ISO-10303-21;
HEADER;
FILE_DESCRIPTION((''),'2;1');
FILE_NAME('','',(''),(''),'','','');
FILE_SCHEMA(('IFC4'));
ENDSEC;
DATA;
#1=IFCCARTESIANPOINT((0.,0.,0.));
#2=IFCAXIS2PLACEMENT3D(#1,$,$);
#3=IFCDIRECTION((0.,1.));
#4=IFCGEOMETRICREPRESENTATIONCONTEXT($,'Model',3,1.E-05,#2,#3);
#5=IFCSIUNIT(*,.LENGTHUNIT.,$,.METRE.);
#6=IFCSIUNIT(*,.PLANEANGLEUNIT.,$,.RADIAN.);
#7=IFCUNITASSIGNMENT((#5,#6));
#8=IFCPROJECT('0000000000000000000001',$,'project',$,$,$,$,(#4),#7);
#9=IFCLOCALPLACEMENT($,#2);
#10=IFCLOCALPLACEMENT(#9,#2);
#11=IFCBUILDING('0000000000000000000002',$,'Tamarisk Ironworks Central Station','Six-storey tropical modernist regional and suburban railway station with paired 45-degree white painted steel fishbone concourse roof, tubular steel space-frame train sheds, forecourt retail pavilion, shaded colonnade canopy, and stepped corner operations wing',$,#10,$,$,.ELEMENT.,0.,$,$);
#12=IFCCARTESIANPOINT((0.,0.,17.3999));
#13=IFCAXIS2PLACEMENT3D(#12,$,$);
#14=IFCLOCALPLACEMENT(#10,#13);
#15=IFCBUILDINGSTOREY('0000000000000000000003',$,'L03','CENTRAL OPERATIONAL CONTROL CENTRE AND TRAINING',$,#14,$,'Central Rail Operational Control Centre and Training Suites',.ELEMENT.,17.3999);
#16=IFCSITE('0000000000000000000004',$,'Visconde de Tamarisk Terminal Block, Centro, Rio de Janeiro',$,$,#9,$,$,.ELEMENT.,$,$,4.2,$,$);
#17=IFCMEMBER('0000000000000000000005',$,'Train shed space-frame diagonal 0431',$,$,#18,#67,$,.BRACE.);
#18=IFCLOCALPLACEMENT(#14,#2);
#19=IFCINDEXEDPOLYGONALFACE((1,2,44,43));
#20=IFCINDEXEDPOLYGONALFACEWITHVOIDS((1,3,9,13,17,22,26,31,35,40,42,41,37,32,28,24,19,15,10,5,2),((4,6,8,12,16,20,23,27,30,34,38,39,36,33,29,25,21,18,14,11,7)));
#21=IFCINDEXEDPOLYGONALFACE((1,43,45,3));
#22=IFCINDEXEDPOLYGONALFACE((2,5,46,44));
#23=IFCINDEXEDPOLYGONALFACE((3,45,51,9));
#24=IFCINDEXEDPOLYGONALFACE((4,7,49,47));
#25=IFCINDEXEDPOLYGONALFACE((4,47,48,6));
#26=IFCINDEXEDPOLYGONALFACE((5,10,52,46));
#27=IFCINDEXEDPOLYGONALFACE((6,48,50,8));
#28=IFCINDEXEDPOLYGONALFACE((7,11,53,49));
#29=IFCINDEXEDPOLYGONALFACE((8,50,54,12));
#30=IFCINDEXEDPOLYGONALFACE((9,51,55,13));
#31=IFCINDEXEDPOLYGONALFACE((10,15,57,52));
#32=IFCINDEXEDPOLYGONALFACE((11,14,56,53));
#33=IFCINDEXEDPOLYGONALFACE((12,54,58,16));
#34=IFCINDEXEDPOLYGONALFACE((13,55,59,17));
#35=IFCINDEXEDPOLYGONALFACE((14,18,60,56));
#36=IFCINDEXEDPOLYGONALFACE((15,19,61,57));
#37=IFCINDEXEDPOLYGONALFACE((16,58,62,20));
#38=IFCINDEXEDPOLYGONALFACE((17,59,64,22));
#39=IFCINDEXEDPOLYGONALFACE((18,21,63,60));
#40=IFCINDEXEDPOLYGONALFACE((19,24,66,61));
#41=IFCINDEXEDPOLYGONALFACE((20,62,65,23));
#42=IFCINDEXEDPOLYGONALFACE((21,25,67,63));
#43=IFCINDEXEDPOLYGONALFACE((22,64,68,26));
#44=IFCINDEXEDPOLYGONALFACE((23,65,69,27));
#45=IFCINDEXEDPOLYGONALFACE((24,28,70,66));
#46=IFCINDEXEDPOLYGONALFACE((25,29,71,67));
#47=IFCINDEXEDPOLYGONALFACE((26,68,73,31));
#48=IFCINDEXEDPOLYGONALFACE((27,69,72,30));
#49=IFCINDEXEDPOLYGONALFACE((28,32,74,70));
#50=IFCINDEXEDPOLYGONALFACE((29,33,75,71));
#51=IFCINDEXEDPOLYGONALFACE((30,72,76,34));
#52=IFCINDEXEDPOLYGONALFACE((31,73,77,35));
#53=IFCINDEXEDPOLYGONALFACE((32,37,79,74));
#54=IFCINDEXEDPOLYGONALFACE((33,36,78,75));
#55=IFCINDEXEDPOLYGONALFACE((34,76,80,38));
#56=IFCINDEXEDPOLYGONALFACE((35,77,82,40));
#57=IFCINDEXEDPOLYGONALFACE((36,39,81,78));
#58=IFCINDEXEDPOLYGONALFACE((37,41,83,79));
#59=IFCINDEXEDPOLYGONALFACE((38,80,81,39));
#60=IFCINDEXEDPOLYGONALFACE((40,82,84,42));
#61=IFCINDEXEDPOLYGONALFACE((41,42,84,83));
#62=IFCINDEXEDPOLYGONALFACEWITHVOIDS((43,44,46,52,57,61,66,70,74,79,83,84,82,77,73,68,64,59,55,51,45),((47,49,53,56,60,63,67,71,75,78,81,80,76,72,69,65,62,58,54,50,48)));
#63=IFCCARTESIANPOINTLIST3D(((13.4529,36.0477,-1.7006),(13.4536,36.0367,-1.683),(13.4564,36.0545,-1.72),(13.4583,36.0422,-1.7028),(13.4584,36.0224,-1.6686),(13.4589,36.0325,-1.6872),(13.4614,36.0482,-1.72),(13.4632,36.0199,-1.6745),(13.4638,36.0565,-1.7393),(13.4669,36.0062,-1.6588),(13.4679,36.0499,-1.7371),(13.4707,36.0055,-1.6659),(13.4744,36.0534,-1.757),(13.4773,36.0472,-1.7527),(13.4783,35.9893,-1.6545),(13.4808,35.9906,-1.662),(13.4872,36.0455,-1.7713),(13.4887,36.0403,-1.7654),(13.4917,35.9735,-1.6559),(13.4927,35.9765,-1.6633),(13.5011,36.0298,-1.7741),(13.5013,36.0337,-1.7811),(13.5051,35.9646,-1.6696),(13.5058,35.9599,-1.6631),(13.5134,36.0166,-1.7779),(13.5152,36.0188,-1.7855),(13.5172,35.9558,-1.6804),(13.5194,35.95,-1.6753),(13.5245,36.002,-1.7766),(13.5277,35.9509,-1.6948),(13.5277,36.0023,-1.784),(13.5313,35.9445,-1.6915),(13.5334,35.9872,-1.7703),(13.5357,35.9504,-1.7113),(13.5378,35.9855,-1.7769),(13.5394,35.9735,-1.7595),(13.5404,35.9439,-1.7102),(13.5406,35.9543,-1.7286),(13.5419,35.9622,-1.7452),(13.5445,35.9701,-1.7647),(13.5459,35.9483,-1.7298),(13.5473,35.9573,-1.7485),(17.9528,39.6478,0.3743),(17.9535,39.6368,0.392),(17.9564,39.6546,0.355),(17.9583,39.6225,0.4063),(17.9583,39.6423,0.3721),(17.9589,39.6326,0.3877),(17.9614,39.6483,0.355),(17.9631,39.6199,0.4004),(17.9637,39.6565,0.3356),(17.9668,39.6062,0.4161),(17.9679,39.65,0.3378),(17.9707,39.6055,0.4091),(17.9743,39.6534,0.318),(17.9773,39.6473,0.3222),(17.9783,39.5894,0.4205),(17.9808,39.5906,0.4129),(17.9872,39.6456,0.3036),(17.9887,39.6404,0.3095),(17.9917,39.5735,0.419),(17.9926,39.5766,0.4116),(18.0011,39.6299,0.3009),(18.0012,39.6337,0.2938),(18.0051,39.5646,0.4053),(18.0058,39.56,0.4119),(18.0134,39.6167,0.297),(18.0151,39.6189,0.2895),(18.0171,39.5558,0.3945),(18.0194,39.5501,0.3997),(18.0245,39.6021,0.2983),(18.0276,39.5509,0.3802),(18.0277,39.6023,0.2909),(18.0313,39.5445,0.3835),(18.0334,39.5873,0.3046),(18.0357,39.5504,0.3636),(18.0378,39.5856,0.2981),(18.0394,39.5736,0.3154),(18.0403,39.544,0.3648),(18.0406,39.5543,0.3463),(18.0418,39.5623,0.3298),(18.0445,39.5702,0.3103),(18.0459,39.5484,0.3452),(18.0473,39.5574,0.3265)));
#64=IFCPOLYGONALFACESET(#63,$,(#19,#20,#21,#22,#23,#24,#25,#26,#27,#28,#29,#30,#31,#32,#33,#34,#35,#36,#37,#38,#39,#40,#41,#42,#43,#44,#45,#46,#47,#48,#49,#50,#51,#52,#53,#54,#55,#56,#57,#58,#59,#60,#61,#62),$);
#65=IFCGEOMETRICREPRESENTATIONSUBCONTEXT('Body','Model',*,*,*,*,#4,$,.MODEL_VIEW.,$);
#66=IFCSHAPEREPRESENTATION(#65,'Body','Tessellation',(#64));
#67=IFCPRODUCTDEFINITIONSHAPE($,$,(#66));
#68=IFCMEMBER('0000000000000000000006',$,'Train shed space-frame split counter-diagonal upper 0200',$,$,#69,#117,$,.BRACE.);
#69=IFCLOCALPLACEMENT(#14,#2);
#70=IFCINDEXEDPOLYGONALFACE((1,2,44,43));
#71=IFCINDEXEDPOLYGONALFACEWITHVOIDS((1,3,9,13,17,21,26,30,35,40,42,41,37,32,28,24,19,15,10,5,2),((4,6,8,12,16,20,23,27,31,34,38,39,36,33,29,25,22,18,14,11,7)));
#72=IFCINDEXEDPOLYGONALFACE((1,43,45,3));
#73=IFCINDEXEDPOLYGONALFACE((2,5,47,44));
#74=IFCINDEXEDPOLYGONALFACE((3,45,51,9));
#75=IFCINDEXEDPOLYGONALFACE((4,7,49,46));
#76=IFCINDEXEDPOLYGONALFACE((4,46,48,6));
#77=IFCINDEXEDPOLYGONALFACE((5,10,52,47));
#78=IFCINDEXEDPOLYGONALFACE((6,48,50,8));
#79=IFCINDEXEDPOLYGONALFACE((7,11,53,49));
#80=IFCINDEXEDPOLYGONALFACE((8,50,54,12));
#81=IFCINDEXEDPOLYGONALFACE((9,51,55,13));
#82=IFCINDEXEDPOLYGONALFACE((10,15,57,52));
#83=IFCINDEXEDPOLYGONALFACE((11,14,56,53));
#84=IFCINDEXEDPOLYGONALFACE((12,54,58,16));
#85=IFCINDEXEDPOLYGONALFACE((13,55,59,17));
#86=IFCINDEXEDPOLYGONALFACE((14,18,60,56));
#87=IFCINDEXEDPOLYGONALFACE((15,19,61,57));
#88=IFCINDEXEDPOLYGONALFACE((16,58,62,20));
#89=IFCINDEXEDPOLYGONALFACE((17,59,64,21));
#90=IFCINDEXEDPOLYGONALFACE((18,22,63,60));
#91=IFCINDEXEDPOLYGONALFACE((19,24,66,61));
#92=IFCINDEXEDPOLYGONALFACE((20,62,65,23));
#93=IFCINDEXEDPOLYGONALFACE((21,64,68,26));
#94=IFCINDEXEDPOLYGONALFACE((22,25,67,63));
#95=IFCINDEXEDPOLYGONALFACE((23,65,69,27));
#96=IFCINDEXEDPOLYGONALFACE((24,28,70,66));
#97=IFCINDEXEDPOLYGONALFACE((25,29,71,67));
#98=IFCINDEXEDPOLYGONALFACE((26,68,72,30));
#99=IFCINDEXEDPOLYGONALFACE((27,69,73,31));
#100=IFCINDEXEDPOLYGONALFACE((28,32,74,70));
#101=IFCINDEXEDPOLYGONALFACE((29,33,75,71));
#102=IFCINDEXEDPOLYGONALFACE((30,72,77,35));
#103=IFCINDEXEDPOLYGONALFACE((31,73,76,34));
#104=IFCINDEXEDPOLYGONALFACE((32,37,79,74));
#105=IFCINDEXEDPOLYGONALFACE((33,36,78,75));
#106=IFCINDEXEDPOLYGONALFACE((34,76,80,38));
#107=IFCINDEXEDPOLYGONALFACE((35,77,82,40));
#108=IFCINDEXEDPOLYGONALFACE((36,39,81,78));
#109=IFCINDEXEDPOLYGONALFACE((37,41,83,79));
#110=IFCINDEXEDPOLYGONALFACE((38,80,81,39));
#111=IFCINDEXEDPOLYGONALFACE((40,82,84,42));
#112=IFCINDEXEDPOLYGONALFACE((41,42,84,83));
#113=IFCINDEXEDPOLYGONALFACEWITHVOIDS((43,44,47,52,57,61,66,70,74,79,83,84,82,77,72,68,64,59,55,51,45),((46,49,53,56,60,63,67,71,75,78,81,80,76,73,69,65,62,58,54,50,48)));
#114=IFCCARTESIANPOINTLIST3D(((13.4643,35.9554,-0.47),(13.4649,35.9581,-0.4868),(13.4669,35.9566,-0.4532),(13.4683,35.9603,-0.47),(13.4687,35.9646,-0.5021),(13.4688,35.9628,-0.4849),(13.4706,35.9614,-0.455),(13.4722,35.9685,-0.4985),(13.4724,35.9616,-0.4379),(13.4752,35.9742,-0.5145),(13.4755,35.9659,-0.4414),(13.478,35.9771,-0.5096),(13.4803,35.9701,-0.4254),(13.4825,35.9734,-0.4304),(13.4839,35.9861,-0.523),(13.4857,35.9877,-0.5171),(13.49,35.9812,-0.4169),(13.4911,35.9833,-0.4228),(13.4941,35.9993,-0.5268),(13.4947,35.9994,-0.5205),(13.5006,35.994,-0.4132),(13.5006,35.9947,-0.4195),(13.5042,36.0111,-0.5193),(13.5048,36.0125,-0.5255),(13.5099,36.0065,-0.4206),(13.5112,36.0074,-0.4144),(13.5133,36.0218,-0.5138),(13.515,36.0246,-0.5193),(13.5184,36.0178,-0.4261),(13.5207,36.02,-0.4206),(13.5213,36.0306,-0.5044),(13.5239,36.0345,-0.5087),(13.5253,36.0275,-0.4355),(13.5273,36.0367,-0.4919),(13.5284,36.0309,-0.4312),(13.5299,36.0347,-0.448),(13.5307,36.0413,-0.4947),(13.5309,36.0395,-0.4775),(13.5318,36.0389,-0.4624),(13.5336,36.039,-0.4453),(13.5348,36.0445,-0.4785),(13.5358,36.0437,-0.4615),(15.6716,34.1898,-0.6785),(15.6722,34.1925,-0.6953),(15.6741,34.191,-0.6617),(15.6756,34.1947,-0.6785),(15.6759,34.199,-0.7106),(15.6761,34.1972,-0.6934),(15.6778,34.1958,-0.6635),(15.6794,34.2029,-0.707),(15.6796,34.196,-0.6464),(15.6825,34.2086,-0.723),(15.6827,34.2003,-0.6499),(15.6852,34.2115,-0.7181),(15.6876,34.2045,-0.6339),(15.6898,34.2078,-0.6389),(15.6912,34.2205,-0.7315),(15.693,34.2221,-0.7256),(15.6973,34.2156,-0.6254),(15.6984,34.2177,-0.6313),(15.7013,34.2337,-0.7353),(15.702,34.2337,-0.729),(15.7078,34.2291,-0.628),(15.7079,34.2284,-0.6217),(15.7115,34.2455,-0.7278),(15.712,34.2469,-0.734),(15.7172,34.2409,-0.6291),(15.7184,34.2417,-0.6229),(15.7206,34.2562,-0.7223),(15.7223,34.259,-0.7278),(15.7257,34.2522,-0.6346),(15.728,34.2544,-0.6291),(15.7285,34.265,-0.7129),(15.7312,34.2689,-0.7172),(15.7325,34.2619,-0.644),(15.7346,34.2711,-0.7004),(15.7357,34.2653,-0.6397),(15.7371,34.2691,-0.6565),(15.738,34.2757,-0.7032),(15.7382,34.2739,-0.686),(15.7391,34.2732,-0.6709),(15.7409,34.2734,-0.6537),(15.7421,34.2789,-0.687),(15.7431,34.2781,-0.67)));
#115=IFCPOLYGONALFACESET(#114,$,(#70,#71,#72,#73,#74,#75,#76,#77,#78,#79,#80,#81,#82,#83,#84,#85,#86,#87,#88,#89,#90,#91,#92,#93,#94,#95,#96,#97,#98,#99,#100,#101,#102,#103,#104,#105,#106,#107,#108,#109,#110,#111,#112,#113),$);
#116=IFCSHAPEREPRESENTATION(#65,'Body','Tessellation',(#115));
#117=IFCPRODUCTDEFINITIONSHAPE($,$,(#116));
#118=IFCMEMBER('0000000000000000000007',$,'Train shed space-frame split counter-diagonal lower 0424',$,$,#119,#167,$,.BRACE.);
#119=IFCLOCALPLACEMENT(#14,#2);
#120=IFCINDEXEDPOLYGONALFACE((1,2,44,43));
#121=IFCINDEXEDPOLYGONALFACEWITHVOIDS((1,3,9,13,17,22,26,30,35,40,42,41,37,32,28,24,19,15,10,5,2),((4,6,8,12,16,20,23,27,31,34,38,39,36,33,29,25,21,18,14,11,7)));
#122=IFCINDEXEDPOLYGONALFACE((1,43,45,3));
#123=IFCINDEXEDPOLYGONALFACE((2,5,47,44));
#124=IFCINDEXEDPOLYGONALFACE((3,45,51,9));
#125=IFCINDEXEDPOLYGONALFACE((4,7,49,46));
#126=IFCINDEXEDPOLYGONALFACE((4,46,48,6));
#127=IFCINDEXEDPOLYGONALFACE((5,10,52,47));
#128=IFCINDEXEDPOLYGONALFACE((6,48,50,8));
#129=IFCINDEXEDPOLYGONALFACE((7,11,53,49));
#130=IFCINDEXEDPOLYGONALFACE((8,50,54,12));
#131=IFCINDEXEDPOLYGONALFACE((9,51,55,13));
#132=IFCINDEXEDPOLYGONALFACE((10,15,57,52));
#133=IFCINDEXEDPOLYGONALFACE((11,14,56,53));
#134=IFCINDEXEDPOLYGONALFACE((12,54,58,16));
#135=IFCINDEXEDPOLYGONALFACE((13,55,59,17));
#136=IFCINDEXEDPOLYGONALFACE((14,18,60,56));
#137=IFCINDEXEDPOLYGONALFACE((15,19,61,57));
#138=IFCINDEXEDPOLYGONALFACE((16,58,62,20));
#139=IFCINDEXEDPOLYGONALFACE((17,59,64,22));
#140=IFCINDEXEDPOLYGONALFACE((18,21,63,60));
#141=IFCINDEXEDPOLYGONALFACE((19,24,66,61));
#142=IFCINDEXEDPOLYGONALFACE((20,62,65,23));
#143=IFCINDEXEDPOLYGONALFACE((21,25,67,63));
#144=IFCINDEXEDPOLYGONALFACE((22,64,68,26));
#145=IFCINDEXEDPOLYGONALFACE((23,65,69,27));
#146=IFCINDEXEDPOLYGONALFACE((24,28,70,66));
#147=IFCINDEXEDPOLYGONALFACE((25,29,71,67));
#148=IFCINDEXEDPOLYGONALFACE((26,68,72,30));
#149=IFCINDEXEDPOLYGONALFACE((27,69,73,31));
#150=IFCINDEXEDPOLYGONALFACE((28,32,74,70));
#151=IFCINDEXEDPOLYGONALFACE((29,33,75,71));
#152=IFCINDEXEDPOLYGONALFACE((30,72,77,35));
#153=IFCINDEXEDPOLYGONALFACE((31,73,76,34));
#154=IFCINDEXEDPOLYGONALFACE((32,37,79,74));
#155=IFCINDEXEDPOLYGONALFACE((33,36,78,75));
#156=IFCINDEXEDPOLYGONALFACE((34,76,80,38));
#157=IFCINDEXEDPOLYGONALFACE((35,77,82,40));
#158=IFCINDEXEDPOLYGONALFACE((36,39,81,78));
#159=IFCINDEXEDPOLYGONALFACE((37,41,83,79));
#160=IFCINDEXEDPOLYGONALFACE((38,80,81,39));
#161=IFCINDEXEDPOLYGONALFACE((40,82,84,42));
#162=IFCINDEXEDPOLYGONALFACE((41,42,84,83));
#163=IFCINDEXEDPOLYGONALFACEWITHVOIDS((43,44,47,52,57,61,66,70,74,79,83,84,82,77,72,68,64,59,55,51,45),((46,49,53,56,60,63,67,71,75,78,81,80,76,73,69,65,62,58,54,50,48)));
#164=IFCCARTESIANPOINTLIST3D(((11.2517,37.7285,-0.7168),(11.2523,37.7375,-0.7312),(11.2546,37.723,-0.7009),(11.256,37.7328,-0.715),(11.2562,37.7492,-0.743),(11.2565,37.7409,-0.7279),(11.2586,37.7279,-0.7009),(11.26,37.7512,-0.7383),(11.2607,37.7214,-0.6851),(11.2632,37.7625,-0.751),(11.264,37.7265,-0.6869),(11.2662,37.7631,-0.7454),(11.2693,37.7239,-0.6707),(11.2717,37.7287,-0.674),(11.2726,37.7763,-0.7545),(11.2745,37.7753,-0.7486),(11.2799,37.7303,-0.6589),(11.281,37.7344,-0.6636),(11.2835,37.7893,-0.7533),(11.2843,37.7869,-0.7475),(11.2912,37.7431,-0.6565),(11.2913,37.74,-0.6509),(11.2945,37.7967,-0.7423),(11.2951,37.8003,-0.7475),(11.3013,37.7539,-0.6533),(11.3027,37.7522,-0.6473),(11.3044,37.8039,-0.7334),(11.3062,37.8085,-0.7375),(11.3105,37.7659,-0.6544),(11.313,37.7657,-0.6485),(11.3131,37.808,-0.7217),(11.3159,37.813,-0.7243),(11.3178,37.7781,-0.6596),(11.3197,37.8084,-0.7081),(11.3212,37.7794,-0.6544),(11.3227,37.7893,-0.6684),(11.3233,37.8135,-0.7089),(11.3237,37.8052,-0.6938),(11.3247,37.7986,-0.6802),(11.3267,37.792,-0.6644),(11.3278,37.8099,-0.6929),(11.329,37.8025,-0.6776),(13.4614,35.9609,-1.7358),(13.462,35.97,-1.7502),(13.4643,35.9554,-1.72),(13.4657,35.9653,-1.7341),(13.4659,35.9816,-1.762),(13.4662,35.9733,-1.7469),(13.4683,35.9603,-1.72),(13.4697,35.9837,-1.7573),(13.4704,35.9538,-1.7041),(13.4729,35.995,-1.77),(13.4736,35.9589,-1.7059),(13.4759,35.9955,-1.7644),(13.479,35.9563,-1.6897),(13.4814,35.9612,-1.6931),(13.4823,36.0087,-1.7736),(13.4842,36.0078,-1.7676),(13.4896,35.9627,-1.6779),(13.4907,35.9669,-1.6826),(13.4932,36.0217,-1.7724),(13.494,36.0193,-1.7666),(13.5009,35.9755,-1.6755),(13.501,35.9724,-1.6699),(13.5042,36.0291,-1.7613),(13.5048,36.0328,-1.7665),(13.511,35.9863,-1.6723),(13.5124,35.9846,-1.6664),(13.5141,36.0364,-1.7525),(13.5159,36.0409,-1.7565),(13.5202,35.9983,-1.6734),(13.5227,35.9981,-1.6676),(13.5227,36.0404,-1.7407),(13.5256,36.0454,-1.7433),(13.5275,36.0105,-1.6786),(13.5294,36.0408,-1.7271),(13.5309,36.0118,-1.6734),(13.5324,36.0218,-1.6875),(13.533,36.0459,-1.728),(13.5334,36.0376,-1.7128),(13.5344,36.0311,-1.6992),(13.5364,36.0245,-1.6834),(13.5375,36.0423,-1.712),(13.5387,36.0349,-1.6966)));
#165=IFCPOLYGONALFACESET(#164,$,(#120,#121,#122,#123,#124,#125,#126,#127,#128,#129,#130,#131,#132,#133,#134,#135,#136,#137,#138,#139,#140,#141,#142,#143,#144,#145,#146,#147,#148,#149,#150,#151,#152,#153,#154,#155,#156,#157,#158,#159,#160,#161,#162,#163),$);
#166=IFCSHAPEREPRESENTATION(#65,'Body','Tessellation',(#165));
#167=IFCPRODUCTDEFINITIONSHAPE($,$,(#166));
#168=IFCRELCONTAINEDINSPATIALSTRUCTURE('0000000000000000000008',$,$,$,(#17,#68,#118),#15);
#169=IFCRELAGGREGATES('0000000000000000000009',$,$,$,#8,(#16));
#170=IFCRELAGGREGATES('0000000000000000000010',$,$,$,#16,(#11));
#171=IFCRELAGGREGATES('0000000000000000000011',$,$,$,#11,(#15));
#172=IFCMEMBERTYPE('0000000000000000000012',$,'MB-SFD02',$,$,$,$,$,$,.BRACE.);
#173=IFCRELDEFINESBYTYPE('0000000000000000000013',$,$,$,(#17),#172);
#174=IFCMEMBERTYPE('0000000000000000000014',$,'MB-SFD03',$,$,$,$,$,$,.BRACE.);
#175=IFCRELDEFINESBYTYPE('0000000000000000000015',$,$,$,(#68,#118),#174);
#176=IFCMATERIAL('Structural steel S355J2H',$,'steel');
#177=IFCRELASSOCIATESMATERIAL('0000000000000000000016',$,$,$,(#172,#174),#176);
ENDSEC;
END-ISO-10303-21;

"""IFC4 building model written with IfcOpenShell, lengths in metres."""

from ifc_helpers import new_model, si_unit, direction, frame, origin, origin_2d, place, context, subcontext, project, spatial, hollow_circle, extrude, material, material_profile, profile_set, type_object, element, save


model = new_model("IFC4")

# Units and contexts
model_context = context("Model", 3, precision=1e-05, world=origin(), true_north=direction((0.0, 1.0)))
body_context = subcontext(model_context, "Body", "Model", "MODEL_VIEW")
ifc_project = project(units=[si_unit("LENGTHUNIT", "METRE"), si_unit("PLANEANGLEUNIT", "RADIAN")], contexts=[model_context])

# Site, building, storey
site_placement = place(None, origin())
site = spatial("IfcSite", under=ifc_project, at=site_placement, Name="Visconde de Tamarisk Terminal Block, Centro, Rio de Janeiro", CompositionType="ELEMENT", RefElevation=4.2)
building_placement = place(site_placement, origin())
building = spatial("IfcBuilding", under=site, at=building_placement, Name="Tamarisk Ironworks Central Station", Description="Six-storey tropical modernist regional and suburban railway station with paired 45-degree white painted steel fishbone concourse roof, tubular steel space-frame train sheds, forecourt retail pavilion, shaded colonnade canopy, and stepped corner operations wing", CompositionType="ELEMENT", ElevationOfRefHeight=0.0)
storey_placement = place(building_placement, frame((0.0, 0.0, 17.3999)))
storey = spatial("IfcBuildingStorey", under=building, at=storey_placement, Name="L03", Description="CENTRAL OPERATIONAL CONTROL CENTRE AND TRAINING", LongName="Central Rail Operational Control Centre and Training Suites", CompositionType="ELEMENT", Elevation=17.3999)

# Members
ifc_material_1 = material(Name="Structural steel S355J2H", Category="steel")
ifc_material_profile_1 = material_profile(ifc_material_1, hollow_circle(Radius=0.0698, WallThickness=0.0081, at=origin_2d()), Name="CHS 139.7x8")
ifc_profile_set_1 = profile_set([ifc_material_profile_1], Name="Structural steel S355J2H")
member_type_1 = type_object("IfcMemberType", Name="MB-SFD02", PredefinedType="BRACE", material=ifc_profile_set_1)
member_1_placement = place(storey_placement, frame((13.5, 36.0, -1.72), z_axis=(0.734689, 0.587767, 0.338765), x_axis=(-0.624705, 0.780861, 0.0)))
element("IfcMember", 1, at=member_1_placement, inside=storey, type_object=member_type_1, Name="Train shed space-frame diagonal 0431", PredefinedType="BRACE", context=body_context, shape_type="SweptSolid", body=[
    extrude(hollow_circle(Radius=0.0698, WallThickness=0.0081, at=origin_2d()), origin(), (0.0, 0.0, 1.0), 6.125),
])
ifc_material_profile_2 = material_profile(ifc_material_1, hollow_circle(Radius=0.0571, WallThickness=0.0063, at=origin_2d()), Name="CHS 114.3x6.3")
ifc_profile_set_2 = profile_set([ifc_material_profile_2], Name="Structural steel S355J2H")
member_type_2 = type_object("IfcMemberType", Name="MB-SFD03", PredefinedType="BRACE", material=ifc_profile_set_2)
member_2_placement = place(storey_placement, frame((15.7073, 34.2344, -0.6785), z_axis=(-0.778787, 0.62296, 0.073563), x_axis=(-0.624653, -0.780903, 0.0)))
element("IfcMember", 2, at=member_2_placement, inside=storey, type_object=member_type_2, Name="Train shed space-frame split counter-diagonal upper 0200", PredefinedType="BRACE", context=body_context, shape_type="SweptSolid", body=[
    extrude(hollow_circle(Radius=0.0571, WallThickness=0.0063, at=origin_2d()), origin(), (0.0, 0.0, 1.0), 2.8342),
])
for number, where, z_axis, x_axis, name in (
    (3, (13.5, 36.0, -1.72), (-0.734712, 0.587705, 0.338823), (-0.624653, -0.780902, 0.0), "Train shed space-frame split counter-diagonal lower 0424"),
):
    element("IfcMember", number, at=place(storey_placement, frame(where, z_axis=z_axis, x_axis=x_axis)), inside=storey, type_object=member_type_2, Name=name, PredefinedType="BRACE", context=body_context, shape_type="SweptSolid", body=[
        extrude(hollow_circle(Radius=0.0571, WallThickness=0.0063, at=origin_2d()), origin(), (0.0, 0.0, 1.0), 3.0076),
    ])

save(model, "model.ifc")
